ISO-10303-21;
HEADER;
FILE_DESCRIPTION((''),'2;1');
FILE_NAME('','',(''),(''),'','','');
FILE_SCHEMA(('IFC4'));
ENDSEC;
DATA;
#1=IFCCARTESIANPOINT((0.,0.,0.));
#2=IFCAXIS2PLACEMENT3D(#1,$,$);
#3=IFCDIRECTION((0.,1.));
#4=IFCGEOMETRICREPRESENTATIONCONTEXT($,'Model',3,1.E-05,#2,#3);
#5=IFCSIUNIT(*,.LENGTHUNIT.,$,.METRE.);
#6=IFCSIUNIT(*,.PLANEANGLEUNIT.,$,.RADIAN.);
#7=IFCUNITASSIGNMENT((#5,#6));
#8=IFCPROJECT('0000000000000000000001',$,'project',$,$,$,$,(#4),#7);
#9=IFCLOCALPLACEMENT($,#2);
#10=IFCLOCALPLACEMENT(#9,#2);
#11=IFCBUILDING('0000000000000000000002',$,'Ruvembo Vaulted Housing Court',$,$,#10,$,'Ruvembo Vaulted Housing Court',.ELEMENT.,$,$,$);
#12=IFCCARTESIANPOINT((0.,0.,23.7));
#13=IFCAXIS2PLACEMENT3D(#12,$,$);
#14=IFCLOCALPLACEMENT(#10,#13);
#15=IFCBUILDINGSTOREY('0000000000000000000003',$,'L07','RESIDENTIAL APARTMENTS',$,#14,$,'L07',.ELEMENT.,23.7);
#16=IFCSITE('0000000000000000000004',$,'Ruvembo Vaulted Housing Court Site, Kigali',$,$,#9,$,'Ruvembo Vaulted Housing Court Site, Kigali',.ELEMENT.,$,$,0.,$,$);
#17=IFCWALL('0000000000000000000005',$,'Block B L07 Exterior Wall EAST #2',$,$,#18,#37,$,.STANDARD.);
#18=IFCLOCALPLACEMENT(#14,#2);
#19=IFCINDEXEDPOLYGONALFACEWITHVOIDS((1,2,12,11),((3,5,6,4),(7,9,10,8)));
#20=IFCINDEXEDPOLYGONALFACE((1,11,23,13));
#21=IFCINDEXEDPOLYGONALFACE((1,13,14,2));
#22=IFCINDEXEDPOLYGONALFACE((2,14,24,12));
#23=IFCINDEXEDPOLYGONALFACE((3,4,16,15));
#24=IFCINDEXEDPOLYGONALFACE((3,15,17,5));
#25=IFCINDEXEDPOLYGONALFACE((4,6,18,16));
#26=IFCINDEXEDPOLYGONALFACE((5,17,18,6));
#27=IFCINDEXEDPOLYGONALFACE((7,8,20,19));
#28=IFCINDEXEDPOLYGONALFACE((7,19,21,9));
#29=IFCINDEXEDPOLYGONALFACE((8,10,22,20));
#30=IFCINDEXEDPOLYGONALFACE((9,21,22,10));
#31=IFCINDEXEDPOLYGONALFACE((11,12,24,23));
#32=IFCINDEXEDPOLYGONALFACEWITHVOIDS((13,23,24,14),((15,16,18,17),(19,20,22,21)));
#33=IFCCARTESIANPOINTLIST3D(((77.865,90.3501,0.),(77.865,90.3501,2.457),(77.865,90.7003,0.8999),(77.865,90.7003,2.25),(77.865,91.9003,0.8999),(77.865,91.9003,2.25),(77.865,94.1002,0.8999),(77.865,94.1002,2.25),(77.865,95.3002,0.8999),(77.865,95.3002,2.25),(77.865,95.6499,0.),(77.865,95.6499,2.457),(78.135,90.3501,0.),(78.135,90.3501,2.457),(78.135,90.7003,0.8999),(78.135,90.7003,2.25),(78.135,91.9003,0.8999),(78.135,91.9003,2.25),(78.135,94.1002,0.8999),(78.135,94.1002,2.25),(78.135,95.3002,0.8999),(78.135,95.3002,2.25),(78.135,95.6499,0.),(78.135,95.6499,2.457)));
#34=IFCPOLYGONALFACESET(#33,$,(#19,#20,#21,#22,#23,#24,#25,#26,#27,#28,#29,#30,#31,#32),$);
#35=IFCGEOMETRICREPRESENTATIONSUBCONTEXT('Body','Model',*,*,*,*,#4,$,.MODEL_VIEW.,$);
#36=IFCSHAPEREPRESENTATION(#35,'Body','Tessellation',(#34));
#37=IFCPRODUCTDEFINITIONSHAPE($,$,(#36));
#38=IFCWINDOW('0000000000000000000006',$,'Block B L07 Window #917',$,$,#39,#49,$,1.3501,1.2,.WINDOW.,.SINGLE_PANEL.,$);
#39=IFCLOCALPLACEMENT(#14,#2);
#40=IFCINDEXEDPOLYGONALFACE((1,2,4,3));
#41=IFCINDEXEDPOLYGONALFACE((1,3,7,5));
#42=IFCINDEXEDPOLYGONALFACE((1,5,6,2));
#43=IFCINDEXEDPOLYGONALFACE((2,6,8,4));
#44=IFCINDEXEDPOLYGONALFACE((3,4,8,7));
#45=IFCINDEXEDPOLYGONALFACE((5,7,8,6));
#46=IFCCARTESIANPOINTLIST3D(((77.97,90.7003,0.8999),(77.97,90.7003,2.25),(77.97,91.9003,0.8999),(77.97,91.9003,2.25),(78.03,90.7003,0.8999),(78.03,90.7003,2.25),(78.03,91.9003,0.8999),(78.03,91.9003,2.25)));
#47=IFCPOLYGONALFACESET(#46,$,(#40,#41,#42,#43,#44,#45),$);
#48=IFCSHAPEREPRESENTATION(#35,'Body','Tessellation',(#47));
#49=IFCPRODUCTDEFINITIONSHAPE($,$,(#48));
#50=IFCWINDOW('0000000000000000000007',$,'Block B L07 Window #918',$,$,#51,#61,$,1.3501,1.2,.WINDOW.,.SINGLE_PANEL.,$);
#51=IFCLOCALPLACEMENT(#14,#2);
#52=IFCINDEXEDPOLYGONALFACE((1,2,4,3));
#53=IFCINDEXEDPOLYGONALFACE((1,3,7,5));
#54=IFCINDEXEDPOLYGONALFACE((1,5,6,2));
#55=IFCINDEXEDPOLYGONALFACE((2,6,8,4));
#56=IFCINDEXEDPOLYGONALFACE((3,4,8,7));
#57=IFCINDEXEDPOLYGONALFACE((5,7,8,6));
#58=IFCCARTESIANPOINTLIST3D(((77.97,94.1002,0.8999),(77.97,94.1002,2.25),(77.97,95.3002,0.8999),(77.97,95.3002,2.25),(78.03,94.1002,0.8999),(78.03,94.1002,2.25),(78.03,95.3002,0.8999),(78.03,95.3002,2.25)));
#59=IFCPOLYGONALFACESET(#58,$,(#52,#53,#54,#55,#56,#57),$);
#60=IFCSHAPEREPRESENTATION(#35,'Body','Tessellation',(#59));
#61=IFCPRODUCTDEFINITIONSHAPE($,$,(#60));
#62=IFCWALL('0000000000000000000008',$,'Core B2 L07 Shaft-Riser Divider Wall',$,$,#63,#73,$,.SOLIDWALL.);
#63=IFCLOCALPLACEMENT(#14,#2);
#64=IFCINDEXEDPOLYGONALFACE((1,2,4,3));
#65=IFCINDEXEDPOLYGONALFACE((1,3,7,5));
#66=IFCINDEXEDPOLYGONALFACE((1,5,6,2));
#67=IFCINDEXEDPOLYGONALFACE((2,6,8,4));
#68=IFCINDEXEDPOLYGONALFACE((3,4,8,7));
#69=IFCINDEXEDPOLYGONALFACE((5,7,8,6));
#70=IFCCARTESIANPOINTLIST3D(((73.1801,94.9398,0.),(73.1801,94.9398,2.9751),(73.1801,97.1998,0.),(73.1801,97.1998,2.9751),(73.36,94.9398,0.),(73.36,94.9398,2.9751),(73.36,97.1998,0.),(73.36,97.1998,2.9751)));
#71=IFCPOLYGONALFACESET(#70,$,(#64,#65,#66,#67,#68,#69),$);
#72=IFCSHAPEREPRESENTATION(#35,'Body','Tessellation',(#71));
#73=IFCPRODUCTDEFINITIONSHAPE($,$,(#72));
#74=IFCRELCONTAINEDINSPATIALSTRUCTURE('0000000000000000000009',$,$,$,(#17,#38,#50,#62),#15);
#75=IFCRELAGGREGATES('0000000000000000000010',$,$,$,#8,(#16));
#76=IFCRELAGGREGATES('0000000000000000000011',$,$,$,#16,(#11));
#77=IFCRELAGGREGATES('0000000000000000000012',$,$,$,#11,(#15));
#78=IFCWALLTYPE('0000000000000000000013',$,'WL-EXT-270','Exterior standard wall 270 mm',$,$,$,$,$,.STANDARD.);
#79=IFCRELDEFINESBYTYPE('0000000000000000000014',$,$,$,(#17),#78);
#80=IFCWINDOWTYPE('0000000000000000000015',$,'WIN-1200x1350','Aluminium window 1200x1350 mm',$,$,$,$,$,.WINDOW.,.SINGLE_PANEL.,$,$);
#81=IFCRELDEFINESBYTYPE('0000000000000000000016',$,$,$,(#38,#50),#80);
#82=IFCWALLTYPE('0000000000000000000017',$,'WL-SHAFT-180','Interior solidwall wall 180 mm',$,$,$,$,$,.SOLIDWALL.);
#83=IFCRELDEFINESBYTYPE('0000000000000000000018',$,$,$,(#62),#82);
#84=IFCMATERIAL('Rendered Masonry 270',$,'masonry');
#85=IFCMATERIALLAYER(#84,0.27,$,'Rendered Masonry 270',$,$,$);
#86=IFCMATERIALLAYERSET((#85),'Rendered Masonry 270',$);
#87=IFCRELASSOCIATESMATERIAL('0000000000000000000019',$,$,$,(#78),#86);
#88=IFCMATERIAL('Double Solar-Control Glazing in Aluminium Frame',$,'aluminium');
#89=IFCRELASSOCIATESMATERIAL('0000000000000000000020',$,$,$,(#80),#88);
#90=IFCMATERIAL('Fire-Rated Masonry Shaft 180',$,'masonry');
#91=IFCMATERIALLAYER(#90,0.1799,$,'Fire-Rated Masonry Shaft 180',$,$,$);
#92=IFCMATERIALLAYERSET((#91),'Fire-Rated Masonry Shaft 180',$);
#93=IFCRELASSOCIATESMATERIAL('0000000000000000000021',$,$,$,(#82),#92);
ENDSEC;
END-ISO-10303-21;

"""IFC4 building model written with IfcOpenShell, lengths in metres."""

from ifc_helpers import new_model, si_unit, direction, frame, frame_2d, origin, place, context, subcontext, project, spatial, rectangle, extrude, material, layer, layer_set, type_object, element, fill, save


model = new_model("IFC4")

# Units and contexts
model_context = context("Model", 3, precision=1e-05, world=origin(), true_north=direction((0.0, 1.0)))
body_context = subcontext(model_context, "Body", "Model", "MODEL_VIEW")
ifc_project = project(units=[si_unit("LENGTHUNIT", "METRE"), si_unit("PLANEANGLEUNIT", "RADIAN")], contexts=[model_context])

# Site, building, storey
site_placement = place(None, origin())
site = spatial("IfcSite", under=ifc_project, at=site_placement, Name="Ruvembo Vaulted Housing Court Site, Kigali", LongName="Ruvembo Vaulted Housing Court Site, Kigali", CompositionType="ELEMENT", RefElevation=0.0)
building_placement = place(site_placement, origin())
building = spatial("IfcBuilding", under=site, at=building_placement, Name="Ruvembo Vaulted Housing Court", LongName="Ruvembo Vaulted Housing Court", CompositionType="ELEMENT")
storey_placement = place(building_placement, frame((0.0, 0.0, 23.7)))
storey = spatial("IfcBuildingStorey", under=building, at=storey_placement, Name="L07", Description="RESIDENTIAL APARTMENTS", LongName="L07", CompositionType="ELEMENT", Elevation=23.7)

# Wall, openings, windows
ifc_material_1 = material(Name="Rendered Masonry 270", Category="masonry")
ifc_layer_1 = layer(ifc_material_1, 0.27, Name="Rendered Masonry 270")
ifc_layer_set_1 = layer_set([ifc_layer_1], Name="Rendered Masonry 270")
wall_type_1 = type_object("IfcWallType", Name="WL-EXT-270", Description="Exterior standard wall 270 mm", PredefinedType="STANDARD", material=ifc_layer_set_1)
ifc_material_2 = material(Name="Double Solar-Control Glazing in Aluminium Frame", Category="aluminium")
wall_1_placement = place(storey_placement, frame((78.0, 90.3501, 0.0), z_axis=(0.0, 0.0, 1.0), x_axis=(0.0, 1.0, 0.0)))
wall_1 = element("IfcWall", 1, at=wall_1_placement, inside=storey, type_object=wall_type_1, Name="Block B L07 Exterior Wall EAST #2", PredefinedType="STANDARD", context=body_context, shape_type="SweptSolid", body=[
    extrude(rectangle(XDim=5.2998, YDim=0.27, at=frame_2d((2.6499, 0.0))), origin(), (0.0, 0.0, 1.0), 2.457),
])
opening_1_placement = place(wall_1_placement, frame((0.3501, 0.0, 0.8999)))
opening_1 = element("IfcOpeningElement", 2, at=opening_1_placement, cuts=wall_1, PredefinedType="OPENING", context=body_context, shape_type="SweptSolid", body=[
    extrude(rectangle(XDim=1.2, YDim=1.3501, at=frame_2d((0.6001, 0.675))), frame((0.0, 0.145, 0.0), z_axis=(0.0, -1.0, 0.0), x_axis=(1.0, 0.0, 0.0)), (0.0, 0.0, 1.0), 0.29),
])
opening_2_placement = place(wall_1_placement, frame((3.75, 0.0, 0.8999)))
opening_2 = element("IfcOpeningElement", 3, at=opening_2_placement, cuts=wall_1, PredefinedType="OPENING", context=body_context, shape_type="SweptSolid", body=[
    extrude(rectangle(XDim=1.2, YDim=1.3501, at=frame_2d((0.6001, 0.675))), frame((0.0, 0.145, 0.0), z_axis=(0.0, -1.0, 0.0), x_axis=(1.0, 0.0, 0.0)), (0.0, 0.0, 1.0), 0.29),
])
window_type_1 = type_object("IfcWindowType", Name="WIN-1200x1350", Description="Aluminium window 1200x1350 mm", PartitioningType="SINGLE_PANEL", PredefinedType="WINDOW", material=ifc_material_2)
window_1_placement = place(opening_1_placement, origin())
window_1 = element("IfcWindow", 4, at=window_1_placement, inside=storey, type_object=window_type_1, Name="Block B L07 Window #917", OverallHeight=1.3501, OverallWidth=1.2, PartitioningType="SINGLE_PANEL", PredefinedType="WINDOW", context=body_context, shape_type="SweptSolid", body=[
    extrude(rectangle(XDim=1.2, YDim=1.3501, at=frame_2d((0.6001, 0.675))), frame((0.0, 0.03, 0.0), z_axis=(0.0, -1.0, 0.0), x_axis=(1.0, 0.0, 0.0)), (0.0, 0.0, 1.0), 0.0601),
])
fill(opening_1, window_1)
window_2_placement = place(opening_2_placement, origin())
window_2 = element("IfcWindow", 5, at=window_2_placement, inside=storey, type_object=window_type_1, Name="Block B L07 Window #918", OverallHeight=1.3501, OverallWidth=1.2, PartitioningType="SINGLE_PANEL", PredefinedType="WINDOW", context=body_context, shape_type="SweptSolid", body=[
    extrude(rectangle(XDim=1.2, YDim=1.3501, at=frame_2d((0.6001, 0.675))), frame((0.0, 0.03, 0.0), z_axis=(0.0, -1.0, 0.0), x_axis=(1.0, 0.0, 0.0)), (0.0, 0.0, 1.0), 0.0601),
])
fill(opening_2, window_2)

# Wall
ifc_material_3 = material(Name="Fire-Rated Masonry Shaft 180", Category="masonry")
ifc_layer_2 = layer(ifc_material_3, 0.1799, Name="Fire-Rated Masonry Shaft 180")
ifc_layer_set_2 = layer_set([ifc_layer_2], Name="Fire-Rated Masonry Shaft 180")
wall_type_2 = type_object("IfcWallType", Name="WL-SHAFT-180", Description="Interior solidwall wall 180 mm", PredefinedType="SOLIDWALL", material=ifc_layer_set_2)
wall_2_placement = place(storey_placement, frame((73.27, 94.9399, 0.0), z_axis=(0.0, 0.0, 1.0), x_axis=(0.0, 1.0, 0.0)))
element("IfcWall", 6, at=wall_2_placement, inside=storey, type_object=wall_type_2, Name="Core B2 L07 Shaft-Riser Divider Wall", PredefinedType="SOLIDWALL", context=body_context, shape_type="SweptSolid", body=[
    extrude(rectangle(XDim=2.26, YDim=0.1799, at=frame_2d((1.1299, 0.0))), origin(), (0.0, 0.0, 1.0), 2.9751),
])

save(model, "model.ifc")
